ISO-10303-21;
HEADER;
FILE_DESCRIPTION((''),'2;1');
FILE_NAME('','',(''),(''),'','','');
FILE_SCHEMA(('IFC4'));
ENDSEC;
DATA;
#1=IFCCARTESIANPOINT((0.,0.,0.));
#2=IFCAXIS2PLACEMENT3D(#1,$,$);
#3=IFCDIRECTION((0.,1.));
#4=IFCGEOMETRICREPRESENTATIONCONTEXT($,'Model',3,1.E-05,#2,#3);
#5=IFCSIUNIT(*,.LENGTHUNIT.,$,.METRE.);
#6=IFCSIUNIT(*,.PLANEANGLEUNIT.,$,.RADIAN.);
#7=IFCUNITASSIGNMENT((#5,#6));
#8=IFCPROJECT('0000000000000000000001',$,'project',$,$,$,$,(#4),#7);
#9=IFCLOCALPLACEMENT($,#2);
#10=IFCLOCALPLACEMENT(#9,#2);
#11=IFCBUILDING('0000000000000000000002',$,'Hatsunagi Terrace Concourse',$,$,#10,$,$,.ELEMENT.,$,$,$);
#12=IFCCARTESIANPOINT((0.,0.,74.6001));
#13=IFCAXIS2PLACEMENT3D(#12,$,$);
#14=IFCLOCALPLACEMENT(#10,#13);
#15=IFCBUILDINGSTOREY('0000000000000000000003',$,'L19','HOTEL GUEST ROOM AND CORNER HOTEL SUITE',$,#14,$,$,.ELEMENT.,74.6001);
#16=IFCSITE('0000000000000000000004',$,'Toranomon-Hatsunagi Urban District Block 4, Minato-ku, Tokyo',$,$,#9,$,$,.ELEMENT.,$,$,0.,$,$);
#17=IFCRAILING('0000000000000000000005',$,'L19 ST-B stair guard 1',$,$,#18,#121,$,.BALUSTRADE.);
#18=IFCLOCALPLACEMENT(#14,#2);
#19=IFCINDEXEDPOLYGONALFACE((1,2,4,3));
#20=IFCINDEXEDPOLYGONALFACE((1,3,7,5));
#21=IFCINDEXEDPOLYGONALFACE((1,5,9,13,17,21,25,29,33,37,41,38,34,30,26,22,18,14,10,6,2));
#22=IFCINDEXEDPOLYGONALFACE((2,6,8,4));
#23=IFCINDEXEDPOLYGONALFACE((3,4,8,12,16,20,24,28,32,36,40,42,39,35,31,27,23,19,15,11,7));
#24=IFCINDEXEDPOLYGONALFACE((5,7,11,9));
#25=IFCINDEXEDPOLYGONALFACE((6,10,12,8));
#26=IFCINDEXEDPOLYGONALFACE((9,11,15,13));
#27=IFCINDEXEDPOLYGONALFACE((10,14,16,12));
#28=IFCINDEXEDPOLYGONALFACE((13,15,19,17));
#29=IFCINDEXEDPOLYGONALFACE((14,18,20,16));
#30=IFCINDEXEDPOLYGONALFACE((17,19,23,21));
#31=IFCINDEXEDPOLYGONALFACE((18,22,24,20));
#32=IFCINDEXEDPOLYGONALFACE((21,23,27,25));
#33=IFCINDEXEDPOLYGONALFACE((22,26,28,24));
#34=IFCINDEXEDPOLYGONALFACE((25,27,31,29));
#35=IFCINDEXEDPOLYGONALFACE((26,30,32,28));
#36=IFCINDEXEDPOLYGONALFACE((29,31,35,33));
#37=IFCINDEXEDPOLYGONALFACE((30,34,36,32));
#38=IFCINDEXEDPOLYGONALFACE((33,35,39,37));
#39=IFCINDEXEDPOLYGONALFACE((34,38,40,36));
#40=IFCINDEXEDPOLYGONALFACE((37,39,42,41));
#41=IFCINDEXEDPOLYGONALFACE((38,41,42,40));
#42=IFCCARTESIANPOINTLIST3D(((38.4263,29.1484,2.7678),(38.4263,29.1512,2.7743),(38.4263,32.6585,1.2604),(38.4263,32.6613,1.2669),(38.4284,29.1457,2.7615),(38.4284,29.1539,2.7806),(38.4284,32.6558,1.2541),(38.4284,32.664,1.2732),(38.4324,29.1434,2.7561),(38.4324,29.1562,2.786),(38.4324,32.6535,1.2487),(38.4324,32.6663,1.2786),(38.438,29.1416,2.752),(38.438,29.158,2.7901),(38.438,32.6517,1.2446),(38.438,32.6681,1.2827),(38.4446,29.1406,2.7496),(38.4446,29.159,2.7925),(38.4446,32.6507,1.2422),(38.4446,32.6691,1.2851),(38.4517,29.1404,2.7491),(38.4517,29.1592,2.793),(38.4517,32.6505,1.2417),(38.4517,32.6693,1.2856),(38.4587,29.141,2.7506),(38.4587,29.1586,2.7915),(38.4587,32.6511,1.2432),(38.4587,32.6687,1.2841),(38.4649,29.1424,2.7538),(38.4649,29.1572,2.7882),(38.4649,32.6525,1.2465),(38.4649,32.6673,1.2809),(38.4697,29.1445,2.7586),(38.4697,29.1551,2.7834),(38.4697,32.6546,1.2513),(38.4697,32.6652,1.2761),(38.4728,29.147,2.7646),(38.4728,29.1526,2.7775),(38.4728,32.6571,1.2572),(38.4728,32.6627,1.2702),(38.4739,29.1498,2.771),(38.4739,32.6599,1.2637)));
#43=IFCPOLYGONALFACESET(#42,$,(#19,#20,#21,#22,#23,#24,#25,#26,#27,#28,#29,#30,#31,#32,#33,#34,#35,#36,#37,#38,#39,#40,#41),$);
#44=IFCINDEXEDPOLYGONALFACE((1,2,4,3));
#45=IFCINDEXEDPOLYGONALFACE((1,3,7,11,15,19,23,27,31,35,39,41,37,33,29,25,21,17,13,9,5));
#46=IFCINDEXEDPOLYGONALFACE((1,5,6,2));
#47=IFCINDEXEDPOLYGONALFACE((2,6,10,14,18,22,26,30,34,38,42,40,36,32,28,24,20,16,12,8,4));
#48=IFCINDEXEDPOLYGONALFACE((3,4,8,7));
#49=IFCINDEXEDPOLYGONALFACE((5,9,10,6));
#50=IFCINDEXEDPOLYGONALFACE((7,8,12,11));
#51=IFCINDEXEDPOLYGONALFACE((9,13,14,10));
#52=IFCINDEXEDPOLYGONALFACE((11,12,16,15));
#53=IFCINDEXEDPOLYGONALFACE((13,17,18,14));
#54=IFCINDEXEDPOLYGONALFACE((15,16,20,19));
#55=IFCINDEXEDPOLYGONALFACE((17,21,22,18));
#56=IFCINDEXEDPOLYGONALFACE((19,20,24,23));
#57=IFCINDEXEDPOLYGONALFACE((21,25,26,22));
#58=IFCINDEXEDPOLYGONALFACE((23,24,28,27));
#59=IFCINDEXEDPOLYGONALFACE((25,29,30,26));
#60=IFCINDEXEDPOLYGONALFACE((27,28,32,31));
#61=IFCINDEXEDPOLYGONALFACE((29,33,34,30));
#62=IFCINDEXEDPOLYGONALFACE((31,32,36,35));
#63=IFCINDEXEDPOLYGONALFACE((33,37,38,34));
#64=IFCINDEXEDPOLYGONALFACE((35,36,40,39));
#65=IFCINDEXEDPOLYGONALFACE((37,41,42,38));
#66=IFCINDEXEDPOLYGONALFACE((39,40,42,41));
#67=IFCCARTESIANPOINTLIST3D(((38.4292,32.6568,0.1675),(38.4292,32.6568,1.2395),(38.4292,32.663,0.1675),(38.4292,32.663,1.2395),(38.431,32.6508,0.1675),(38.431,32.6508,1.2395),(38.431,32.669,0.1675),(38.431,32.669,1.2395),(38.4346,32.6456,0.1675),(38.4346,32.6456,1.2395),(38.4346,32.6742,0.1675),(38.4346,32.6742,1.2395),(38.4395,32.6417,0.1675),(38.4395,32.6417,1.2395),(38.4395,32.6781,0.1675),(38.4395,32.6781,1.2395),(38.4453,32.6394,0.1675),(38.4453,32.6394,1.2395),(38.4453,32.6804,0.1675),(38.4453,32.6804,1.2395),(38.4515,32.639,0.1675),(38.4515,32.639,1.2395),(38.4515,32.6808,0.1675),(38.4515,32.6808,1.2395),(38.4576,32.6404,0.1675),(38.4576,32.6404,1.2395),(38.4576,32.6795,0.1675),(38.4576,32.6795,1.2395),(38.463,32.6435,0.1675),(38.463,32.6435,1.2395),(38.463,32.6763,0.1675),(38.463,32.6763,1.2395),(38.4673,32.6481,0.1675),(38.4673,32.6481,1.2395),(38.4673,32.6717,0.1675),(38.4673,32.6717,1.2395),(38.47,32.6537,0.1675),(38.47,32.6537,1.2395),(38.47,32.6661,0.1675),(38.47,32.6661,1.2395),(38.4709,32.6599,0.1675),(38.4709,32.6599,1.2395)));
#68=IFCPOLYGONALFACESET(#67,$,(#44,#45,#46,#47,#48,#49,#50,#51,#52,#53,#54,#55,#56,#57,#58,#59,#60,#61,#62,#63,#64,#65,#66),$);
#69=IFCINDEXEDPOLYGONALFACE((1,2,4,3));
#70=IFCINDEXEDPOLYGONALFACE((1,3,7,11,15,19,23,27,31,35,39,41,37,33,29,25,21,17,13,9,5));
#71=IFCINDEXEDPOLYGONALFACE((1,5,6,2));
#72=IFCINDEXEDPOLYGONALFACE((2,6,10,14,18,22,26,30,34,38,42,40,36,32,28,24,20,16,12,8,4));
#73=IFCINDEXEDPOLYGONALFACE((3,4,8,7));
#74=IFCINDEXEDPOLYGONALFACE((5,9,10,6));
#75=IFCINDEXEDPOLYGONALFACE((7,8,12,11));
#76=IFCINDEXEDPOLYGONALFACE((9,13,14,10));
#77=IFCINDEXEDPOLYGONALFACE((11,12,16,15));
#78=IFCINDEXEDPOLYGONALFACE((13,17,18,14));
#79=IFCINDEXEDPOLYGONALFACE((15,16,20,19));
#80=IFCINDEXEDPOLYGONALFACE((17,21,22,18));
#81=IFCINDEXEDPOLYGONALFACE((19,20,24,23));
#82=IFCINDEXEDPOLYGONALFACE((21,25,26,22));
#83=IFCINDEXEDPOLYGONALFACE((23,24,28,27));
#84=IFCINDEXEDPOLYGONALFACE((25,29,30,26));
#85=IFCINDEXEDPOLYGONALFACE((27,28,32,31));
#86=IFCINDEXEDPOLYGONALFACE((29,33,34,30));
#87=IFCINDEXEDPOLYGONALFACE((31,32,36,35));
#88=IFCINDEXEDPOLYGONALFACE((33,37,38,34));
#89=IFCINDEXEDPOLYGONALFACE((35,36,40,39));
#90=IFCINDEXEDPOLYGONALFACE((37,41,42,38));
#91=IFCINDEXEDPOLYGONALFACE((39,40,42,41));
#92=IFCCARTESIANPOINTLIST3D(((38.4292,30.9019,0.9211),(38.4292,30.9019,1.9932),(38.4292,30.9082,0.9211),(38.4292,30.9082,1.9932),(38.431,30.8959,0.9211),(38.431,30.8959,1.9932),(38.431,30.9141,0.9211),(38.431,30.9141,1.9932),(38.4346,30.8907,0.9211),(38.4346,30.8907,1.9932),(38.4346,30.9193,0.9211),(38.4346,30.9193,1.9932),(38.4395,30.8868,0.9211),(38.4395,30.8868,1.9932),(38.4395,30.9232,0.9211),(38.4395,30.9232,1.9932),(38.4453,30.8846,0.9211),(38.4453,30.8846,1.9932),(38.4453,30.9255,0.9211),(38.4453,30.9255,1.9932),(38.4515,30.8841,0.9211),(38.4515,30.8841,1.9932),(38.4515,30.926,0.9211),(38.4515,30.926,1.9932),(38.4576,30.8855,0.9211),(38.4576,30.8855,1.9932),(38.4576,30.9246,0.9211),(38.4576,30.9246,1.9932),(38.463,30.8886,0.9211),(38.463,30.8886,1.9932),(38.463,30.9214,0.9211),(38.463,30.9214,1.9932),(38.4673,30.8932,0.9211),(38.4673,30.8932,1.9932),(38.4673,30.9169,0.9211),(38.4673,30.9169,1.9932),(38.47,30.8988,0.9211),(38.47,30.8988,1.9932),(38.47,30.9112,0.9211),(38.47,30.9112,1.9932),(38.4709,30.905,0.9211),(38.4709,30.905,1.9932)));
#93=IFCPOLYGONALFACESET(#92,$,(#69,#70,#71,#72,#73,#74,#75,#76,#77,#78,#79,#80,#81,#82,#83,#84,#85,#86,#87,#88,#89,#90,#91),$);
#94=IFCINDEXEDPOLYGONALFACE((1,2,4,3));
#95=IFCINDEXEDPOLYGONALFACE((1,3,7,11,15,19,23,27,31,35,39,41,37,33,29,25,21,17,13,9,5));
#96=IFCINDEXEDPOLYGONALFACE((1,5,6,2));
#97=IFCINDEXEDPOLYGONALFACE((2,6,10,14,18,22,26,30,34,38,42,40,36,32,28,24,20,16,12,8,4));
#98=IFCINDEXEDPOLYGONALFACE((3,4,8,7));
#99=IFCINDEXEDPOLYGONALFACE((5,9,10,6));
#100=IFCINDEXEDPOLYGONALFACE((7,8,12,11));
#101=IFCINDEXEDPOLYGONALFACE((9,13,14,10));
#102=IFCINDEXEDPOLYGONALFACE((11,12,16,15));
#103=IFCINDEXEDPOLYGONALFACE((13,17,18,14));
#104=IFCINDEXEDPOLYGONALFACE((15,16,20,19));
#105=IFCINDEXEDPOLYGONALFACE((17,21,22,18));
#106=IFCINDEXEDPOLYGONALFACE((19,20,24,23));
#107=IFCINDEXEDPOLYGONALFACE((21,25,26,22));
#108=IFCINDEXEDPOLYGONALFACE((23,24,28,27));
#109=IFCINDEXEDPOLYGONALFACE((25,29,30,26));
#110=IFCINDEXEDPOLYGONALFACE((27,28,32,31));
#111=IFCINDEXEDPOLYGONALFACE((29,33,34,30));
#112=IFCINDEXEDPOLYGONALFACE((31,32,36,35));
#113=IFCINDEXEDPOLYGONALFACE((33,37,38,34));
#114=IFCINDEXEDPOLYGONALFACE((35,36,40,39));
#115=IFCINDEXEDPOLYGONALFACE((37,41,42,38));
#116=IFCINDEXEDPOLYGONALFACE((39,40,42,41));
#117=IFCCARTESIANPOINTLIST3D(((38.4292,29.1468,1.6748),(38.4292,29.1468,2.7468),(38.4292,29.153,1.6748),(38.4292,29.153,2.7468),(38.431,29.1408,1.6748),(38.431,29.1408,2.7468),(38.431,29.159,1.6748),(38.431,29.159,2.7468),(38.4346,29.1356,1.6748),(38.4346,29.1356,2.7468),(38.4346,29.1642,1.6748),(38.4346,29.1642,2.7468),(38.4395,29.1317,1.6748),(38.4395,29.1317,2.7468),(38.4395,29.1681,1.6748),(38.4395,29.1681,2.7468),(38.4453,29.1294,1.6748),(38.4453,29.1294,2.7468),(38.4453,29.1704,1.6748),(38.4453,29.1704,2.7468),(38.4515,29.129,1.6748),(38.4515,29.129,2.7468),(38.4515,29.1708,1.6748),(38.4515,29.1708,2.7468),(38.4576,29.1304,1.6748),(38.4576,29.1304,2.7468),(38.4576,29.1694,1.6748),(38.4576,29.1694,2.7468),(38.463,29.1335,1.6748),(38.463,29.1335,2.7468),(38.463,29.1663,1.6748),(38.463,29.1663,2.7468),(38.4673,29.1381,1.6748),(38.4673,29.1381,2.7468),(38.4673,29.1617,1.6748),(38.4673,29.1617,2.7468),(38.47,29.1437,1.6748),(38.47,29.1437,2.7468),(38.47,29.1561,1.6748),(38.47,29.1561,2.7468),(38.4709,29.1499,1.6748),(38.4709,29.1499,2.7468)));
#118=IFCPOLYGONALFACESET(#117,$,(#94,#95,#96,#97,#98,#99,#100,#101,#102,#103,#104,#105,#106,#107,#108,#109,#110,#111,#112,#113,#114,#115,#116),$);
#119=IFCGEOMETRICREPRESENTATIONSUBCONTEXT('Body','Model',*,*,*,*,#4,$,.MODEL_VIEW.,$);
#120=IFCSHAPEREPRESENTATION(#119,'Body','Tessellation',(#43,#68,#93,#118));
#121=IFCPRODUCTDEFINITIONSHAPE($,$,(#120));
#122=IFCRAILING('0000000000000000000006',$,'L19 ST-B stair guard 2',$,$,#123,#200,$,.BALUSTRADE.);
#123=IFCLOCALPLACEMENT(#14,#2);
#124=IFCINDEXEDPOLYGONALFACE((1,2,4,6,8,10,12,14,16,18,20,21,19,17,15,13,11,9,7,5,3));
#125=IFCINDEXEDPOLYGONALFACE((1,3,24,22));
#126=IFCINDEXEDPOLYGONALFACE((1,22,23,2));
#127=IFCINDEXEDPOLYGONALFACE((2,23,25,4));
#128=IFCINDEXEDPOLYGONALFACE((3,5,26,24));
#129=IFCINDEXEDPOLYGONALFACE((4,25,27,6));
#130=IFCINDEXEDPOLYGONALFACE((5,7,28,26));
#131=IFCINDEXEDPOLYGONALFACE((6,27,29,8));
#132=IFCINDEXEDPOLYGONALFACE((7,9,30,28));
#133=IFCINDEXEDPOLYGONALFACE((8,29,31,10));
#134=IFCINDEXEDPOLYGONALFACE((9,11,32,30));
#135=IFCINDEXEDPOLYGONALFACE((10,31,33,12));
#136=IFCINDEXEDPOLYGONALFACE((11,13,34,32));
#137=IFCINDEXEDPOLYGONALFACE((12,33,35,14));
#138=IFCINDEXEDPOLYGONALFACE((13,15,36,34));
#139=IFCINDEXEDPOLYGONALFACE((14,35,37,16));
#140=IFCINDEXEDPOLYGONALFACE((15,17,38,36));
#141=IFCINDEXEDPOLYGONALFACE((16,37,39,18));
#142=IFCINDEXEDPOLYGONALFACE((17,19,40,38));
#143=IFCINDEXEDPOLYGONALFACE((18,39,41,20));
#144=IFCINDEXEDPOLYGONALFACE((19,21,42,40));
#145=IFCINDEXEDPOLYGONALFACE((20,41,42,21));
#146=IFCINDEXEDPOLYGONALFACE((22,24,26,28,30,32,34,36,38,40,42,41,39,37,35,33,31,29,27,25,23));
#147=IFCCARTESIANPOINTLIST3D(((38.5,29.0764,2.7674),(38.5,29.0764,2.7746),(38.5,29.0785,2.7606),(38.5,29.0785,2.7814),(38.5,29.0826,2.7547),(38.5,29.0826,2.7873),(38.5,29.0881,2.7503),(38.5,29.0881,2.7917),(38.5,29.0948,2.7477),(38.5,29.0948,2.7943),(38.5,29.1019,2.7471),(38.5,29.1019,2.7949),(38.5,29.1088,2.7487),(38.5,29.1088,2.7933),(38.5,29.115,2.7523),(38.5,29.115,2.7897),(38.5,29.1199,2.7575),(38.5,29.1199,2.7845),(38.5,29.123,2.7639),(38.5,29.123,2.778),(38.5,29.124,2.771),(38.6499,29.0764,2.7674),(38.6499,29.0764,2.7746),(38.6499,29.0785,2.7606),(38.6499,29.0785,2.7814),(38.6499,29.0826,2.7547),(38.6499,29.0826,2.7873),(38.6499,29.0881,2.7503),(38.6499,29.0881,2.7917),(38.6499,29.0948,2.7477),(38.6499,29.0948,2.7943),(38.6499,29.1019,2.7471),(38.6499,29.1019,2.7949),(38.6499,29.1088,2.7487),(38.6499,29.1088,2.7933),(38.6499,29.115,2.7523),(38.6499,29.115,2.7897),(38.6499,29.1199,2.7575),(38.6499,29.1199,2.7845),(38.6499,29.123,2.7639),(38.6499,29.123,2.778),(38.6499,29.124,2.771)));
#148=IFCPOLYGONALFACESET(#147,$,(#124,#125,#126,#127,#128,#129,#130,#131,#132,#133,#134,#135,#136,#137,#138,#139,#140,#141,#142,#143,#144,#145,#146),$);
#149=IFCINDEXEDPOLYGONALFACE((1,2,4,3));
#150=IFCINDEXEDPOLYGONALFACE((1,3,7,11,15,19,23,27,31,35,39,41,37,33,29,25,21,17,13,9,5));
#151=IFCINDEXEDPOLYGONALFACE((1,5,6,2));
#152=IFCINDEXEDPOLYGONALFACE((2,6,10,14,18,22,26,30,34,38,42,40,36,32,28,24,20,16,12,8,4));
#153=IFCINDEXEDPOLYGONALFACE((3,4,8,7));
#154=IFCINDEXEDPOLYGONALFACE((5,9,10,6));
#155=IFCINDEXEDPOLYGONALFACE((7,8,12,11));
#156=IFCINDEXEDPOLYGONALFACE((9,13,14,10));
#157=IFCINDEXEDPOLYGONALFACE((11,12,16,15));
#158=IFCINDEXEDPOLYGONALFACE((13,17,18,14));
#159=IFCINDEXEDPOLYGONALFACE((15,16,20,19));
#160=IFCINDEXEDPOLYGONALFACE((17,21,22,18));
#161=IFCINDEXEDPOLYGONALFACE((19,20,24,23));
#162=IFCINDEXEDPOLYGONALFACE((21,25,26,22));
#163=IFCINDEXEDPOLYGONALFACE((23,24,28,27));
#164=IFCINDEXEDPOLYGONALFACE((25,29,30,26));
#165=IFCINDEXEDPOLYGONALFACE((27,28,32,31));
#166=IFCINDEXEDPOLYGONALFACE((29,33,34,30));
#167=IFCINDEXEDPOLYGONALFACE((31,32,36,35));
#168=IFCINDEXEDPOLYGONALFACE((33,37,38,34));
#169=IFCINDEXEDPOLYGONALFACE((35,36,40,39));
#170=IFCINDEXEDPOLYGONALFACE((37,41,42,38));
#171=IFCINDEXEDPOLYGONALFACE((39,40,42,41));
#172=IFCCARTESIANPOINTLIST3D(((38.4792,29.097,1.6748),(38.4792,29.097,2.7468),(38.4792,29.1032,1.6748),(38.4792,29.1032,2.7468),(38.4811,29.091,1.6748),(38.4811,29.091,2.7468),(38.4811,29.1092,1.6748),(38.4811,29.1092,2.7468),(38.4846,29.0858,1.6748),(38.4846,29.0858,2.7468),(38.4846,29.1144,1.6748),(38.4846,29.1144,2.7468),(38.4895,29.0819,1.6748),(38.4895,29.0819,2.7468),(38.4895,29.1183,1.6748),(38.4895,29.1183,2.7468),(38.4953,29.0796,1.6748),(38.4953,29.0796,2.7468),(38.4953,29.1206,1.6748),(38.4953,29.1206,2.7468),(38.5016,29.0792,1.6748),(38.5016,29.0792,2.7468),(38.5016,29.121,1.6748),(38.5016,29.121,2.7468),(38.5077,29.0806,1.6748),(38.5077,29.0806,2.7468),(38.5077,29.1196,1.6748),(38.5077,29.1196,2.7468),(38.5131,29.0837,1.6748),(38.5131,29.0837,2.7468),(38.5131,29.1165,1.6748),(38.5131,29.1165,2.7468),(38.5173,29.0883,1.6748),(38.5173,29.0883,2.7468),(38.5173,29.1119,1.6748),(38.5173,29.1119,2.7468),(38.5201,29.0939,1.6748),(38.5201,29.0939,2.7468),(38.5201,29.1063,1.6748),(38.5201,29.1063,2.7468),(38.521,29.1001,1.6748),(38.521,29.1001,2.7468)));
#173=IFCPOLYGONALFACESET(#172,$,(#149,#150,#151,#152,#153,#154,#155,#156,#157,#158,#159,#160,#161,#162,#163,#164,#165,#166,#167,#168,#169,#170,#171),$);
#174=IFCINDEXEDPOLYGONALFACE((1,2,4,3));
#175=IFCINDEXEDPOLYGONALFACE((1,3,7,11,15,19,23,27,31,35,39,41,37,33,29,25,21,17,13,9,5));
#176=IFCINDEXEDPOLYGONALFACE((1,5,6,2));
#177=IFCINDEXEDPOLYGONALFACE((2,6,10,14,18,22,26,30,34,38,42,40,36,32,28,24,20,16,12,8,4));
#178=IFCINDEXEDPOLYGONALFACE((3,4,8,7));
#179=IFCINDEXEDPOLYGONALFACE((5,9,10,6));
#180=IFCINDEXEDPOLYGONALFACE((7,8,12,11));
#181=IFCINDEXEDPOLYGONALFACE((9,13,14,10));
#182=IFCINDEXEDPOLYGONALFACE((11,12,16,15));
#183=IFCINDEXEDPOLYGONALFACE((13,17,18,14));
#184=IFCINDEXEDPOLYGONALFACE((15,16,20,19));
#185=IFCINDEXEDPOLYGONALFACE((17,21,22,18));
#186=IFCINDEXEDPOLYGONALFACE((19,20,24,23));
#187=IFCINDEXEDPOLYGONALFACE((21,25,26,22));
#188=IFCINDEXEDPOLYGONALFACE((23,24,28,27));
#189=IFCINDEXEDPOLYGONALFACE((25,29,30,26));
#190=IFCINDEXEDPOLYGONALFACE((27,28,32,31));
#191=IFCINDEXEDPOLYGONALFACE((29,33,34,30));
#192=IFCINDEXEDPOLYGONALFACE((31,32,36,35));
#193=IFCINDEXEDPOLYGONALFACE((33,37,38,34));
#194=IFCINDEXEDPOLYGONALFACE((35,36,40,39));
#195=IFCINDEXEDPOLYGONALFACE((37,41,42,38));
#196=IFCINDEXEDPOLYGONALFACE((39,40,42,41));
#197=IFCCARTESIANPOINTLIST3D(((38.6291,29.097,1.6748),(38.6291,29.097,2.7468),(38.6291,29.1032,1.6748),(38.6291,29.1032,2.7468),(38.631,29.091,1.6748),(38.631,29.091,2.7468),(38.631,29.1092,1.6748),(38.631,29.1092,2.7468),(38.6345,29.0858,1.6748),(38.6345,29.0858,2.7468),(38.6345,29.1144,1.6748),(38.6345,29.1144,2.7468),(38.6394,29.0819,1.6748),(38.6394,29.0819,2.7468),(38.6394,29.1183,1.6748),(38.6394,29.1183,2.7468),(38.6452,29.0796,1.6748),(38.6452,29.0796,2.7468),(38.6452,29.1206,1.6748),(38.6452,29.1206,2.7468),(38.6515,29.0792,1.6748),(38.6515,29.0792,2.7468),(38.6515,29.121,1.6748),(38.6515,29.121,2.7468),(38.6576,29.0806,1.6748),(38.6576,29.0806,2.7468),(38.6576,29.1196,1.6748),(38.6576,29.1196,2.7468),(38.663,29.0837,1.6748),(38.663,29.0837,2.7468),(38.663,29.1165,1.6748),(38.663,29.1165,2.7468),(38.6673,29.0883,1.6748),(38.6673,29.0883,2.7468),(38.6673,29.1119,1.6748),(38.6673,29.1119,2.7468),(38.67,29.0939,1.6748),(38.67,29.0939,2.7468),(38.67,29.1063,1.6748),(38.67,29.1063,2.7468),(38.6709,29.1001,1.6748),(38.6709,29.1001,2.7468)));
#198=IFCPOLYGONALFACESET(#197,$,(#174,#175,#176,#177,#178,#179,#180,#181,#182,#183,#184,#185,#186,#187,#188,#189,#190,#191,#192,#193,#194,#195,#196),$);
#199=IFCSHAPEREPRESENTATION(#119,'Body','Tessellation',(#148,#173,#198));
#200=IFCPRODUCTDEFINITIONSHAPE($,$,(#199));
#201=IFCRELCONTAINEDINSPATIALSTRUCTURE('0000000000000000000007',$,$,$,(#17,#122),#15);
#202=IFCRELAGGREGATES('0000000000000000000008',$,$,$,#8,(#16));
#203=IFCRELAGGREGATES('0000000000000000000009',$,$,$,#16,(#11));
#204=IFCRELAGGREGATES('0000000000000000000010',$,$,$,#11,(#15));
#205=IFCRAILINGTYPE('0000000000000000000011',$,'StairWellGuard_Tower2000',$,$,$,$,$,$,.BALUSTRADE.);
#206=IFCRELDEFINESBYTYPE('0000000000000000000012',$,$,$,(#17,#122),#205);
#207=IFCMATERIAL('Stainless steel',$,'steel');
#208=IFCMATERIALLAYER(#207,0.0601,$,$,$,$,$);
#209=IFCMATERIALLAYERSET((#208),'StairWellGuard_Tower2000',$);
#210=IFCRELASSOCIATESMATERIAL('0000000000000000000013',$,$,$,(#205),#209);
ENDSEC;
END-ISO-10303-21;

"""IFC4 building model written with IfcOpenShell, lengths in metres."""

from ifc_helpers import new_model, si_unit, direction, frame, origin, origin_2d, place, context, subcontext, project, spatial, circle, extrude, material, layer, layer_set, type_object, element, save


model = new_model("IFC4")

# Units and contexts
model_context = context("Model", 3, precision=1e-05, world=origin(), true_north=direction((0.0, 1.0)))
body_context = subcontext(model_context, "Body", "Model", "MODEL_VIEW")
ifc_project = project(units=[si_unit("LENGTHUNIT", "METRE"), si_unit("PLANEANGLEUNIT", "RADIAN")], contexts=[model_context])

# Site, building, storey
site_placement = place(None, origin())
site = spatial("IfcSite", under=ifc_project, at=site_placement, Name="Toranomon-Hatsunagi Urban District Block 4, Minato-ku, Tokyo", CompositionType="ELEMENT", RefElevation=0.0)
building_placement = place(site_placement, origin())
building = spatial("IfcBuilding", under=site, at=building_placement, Name="Hatsunagi Terrace Concourse", CompositionType="ELEMENT")
storey_placement = place(building_placement, frame((0.0, 0.0, 74.6001)))
storey = spatial("IfcBuildingStorey", under=building, at=storey_placement, Name="L19", Description="HOTEL GUEST ROOM AND CORNER HOTEL SUITE", CompositionType="ELEMENT", Elevation=74.6001)

# Railings
ifc_material_1 = material(Name="Stainless steel", Category="steel")
ifc_layer_1 = layer(ifc_material_1, 0.0601)
ifc_layer_set_1 = layer_set([ifc_layer_1], Name="StairWellGuard_Tower2000")
railing_type_1 = type_object("IfcRailingType", Name="StairWellGuard_Tower2000", PredefinedType="BALUSTRADE", material=ifc_layer_set_1)
railing_1_placement = place(storey_placement, frame((38.45, 32.6599, 0.1675)))
element("IfcRailing", 1, at=railing_1_placement, inside=storey, type_object=railing_type_1, Name="L19 ST-B stair guard 1", PredefinedType="BALUSTRADE", context=body_context, shape_type="SweptSolid", body=[
    extrude(circle(Radius=0.0239, at=origin_2d()), frame((0.0, 0.0, 1.0962), z_axis=(0.0, -0.918857, 0.39459), x_axis=(1.0, 0.0, 0.0)), (0.0, 0.0, 1.0), 3.8201),
    extrude(circle(Radius=0.021, at=origin_2d()), origin(), (0.0, 0.0, 1.0), 1.072),
    extrude(circle(Radius=0.021, at=origin_2d()), frame((0.0, -1.7549, 0.7537)), (0.0, 0.0, 1.0), 1.072),
    extrude(circle(Radius=0.021, at=origin_2d()), frame((0.0, -3.51, 1.5073)), (0.0, 0.0, 1.0), 1.072),
])
railing_2_placement = place(storey_placement, frame((38.5, 29.1001, 1.6748)))
element("IfcRailing", 2, at=railing_2_placement, inside=storey, type_object=railing_type_1, Name="L19 ST-B stair guard 2", PredefinedType="BALUSTRADE", context=body_context, shape_type="SweptSolid", body=[
    extrude(circle(Radius=0.0239, at=origin_2d()), frame((0.0, 0.0, 1.0962), z_axis=(1.0, 0.0, 0.0), x_axis=(0.0, 1.0, 0.0)), (0.0, 0.0, 1.0), 0.1499),
    extrude(circle(Radius=0.021, at=origin_2d()), origin(), (0.0, 0.0, 1.0), 1.072),
    extrude(circle(Radius=0.021, at=origin_2d()), frame((0.1499, 0.0, 0.0)), (0.0, 0.0, 1.0), 1.072),
])

save(model, "model.ifc")
